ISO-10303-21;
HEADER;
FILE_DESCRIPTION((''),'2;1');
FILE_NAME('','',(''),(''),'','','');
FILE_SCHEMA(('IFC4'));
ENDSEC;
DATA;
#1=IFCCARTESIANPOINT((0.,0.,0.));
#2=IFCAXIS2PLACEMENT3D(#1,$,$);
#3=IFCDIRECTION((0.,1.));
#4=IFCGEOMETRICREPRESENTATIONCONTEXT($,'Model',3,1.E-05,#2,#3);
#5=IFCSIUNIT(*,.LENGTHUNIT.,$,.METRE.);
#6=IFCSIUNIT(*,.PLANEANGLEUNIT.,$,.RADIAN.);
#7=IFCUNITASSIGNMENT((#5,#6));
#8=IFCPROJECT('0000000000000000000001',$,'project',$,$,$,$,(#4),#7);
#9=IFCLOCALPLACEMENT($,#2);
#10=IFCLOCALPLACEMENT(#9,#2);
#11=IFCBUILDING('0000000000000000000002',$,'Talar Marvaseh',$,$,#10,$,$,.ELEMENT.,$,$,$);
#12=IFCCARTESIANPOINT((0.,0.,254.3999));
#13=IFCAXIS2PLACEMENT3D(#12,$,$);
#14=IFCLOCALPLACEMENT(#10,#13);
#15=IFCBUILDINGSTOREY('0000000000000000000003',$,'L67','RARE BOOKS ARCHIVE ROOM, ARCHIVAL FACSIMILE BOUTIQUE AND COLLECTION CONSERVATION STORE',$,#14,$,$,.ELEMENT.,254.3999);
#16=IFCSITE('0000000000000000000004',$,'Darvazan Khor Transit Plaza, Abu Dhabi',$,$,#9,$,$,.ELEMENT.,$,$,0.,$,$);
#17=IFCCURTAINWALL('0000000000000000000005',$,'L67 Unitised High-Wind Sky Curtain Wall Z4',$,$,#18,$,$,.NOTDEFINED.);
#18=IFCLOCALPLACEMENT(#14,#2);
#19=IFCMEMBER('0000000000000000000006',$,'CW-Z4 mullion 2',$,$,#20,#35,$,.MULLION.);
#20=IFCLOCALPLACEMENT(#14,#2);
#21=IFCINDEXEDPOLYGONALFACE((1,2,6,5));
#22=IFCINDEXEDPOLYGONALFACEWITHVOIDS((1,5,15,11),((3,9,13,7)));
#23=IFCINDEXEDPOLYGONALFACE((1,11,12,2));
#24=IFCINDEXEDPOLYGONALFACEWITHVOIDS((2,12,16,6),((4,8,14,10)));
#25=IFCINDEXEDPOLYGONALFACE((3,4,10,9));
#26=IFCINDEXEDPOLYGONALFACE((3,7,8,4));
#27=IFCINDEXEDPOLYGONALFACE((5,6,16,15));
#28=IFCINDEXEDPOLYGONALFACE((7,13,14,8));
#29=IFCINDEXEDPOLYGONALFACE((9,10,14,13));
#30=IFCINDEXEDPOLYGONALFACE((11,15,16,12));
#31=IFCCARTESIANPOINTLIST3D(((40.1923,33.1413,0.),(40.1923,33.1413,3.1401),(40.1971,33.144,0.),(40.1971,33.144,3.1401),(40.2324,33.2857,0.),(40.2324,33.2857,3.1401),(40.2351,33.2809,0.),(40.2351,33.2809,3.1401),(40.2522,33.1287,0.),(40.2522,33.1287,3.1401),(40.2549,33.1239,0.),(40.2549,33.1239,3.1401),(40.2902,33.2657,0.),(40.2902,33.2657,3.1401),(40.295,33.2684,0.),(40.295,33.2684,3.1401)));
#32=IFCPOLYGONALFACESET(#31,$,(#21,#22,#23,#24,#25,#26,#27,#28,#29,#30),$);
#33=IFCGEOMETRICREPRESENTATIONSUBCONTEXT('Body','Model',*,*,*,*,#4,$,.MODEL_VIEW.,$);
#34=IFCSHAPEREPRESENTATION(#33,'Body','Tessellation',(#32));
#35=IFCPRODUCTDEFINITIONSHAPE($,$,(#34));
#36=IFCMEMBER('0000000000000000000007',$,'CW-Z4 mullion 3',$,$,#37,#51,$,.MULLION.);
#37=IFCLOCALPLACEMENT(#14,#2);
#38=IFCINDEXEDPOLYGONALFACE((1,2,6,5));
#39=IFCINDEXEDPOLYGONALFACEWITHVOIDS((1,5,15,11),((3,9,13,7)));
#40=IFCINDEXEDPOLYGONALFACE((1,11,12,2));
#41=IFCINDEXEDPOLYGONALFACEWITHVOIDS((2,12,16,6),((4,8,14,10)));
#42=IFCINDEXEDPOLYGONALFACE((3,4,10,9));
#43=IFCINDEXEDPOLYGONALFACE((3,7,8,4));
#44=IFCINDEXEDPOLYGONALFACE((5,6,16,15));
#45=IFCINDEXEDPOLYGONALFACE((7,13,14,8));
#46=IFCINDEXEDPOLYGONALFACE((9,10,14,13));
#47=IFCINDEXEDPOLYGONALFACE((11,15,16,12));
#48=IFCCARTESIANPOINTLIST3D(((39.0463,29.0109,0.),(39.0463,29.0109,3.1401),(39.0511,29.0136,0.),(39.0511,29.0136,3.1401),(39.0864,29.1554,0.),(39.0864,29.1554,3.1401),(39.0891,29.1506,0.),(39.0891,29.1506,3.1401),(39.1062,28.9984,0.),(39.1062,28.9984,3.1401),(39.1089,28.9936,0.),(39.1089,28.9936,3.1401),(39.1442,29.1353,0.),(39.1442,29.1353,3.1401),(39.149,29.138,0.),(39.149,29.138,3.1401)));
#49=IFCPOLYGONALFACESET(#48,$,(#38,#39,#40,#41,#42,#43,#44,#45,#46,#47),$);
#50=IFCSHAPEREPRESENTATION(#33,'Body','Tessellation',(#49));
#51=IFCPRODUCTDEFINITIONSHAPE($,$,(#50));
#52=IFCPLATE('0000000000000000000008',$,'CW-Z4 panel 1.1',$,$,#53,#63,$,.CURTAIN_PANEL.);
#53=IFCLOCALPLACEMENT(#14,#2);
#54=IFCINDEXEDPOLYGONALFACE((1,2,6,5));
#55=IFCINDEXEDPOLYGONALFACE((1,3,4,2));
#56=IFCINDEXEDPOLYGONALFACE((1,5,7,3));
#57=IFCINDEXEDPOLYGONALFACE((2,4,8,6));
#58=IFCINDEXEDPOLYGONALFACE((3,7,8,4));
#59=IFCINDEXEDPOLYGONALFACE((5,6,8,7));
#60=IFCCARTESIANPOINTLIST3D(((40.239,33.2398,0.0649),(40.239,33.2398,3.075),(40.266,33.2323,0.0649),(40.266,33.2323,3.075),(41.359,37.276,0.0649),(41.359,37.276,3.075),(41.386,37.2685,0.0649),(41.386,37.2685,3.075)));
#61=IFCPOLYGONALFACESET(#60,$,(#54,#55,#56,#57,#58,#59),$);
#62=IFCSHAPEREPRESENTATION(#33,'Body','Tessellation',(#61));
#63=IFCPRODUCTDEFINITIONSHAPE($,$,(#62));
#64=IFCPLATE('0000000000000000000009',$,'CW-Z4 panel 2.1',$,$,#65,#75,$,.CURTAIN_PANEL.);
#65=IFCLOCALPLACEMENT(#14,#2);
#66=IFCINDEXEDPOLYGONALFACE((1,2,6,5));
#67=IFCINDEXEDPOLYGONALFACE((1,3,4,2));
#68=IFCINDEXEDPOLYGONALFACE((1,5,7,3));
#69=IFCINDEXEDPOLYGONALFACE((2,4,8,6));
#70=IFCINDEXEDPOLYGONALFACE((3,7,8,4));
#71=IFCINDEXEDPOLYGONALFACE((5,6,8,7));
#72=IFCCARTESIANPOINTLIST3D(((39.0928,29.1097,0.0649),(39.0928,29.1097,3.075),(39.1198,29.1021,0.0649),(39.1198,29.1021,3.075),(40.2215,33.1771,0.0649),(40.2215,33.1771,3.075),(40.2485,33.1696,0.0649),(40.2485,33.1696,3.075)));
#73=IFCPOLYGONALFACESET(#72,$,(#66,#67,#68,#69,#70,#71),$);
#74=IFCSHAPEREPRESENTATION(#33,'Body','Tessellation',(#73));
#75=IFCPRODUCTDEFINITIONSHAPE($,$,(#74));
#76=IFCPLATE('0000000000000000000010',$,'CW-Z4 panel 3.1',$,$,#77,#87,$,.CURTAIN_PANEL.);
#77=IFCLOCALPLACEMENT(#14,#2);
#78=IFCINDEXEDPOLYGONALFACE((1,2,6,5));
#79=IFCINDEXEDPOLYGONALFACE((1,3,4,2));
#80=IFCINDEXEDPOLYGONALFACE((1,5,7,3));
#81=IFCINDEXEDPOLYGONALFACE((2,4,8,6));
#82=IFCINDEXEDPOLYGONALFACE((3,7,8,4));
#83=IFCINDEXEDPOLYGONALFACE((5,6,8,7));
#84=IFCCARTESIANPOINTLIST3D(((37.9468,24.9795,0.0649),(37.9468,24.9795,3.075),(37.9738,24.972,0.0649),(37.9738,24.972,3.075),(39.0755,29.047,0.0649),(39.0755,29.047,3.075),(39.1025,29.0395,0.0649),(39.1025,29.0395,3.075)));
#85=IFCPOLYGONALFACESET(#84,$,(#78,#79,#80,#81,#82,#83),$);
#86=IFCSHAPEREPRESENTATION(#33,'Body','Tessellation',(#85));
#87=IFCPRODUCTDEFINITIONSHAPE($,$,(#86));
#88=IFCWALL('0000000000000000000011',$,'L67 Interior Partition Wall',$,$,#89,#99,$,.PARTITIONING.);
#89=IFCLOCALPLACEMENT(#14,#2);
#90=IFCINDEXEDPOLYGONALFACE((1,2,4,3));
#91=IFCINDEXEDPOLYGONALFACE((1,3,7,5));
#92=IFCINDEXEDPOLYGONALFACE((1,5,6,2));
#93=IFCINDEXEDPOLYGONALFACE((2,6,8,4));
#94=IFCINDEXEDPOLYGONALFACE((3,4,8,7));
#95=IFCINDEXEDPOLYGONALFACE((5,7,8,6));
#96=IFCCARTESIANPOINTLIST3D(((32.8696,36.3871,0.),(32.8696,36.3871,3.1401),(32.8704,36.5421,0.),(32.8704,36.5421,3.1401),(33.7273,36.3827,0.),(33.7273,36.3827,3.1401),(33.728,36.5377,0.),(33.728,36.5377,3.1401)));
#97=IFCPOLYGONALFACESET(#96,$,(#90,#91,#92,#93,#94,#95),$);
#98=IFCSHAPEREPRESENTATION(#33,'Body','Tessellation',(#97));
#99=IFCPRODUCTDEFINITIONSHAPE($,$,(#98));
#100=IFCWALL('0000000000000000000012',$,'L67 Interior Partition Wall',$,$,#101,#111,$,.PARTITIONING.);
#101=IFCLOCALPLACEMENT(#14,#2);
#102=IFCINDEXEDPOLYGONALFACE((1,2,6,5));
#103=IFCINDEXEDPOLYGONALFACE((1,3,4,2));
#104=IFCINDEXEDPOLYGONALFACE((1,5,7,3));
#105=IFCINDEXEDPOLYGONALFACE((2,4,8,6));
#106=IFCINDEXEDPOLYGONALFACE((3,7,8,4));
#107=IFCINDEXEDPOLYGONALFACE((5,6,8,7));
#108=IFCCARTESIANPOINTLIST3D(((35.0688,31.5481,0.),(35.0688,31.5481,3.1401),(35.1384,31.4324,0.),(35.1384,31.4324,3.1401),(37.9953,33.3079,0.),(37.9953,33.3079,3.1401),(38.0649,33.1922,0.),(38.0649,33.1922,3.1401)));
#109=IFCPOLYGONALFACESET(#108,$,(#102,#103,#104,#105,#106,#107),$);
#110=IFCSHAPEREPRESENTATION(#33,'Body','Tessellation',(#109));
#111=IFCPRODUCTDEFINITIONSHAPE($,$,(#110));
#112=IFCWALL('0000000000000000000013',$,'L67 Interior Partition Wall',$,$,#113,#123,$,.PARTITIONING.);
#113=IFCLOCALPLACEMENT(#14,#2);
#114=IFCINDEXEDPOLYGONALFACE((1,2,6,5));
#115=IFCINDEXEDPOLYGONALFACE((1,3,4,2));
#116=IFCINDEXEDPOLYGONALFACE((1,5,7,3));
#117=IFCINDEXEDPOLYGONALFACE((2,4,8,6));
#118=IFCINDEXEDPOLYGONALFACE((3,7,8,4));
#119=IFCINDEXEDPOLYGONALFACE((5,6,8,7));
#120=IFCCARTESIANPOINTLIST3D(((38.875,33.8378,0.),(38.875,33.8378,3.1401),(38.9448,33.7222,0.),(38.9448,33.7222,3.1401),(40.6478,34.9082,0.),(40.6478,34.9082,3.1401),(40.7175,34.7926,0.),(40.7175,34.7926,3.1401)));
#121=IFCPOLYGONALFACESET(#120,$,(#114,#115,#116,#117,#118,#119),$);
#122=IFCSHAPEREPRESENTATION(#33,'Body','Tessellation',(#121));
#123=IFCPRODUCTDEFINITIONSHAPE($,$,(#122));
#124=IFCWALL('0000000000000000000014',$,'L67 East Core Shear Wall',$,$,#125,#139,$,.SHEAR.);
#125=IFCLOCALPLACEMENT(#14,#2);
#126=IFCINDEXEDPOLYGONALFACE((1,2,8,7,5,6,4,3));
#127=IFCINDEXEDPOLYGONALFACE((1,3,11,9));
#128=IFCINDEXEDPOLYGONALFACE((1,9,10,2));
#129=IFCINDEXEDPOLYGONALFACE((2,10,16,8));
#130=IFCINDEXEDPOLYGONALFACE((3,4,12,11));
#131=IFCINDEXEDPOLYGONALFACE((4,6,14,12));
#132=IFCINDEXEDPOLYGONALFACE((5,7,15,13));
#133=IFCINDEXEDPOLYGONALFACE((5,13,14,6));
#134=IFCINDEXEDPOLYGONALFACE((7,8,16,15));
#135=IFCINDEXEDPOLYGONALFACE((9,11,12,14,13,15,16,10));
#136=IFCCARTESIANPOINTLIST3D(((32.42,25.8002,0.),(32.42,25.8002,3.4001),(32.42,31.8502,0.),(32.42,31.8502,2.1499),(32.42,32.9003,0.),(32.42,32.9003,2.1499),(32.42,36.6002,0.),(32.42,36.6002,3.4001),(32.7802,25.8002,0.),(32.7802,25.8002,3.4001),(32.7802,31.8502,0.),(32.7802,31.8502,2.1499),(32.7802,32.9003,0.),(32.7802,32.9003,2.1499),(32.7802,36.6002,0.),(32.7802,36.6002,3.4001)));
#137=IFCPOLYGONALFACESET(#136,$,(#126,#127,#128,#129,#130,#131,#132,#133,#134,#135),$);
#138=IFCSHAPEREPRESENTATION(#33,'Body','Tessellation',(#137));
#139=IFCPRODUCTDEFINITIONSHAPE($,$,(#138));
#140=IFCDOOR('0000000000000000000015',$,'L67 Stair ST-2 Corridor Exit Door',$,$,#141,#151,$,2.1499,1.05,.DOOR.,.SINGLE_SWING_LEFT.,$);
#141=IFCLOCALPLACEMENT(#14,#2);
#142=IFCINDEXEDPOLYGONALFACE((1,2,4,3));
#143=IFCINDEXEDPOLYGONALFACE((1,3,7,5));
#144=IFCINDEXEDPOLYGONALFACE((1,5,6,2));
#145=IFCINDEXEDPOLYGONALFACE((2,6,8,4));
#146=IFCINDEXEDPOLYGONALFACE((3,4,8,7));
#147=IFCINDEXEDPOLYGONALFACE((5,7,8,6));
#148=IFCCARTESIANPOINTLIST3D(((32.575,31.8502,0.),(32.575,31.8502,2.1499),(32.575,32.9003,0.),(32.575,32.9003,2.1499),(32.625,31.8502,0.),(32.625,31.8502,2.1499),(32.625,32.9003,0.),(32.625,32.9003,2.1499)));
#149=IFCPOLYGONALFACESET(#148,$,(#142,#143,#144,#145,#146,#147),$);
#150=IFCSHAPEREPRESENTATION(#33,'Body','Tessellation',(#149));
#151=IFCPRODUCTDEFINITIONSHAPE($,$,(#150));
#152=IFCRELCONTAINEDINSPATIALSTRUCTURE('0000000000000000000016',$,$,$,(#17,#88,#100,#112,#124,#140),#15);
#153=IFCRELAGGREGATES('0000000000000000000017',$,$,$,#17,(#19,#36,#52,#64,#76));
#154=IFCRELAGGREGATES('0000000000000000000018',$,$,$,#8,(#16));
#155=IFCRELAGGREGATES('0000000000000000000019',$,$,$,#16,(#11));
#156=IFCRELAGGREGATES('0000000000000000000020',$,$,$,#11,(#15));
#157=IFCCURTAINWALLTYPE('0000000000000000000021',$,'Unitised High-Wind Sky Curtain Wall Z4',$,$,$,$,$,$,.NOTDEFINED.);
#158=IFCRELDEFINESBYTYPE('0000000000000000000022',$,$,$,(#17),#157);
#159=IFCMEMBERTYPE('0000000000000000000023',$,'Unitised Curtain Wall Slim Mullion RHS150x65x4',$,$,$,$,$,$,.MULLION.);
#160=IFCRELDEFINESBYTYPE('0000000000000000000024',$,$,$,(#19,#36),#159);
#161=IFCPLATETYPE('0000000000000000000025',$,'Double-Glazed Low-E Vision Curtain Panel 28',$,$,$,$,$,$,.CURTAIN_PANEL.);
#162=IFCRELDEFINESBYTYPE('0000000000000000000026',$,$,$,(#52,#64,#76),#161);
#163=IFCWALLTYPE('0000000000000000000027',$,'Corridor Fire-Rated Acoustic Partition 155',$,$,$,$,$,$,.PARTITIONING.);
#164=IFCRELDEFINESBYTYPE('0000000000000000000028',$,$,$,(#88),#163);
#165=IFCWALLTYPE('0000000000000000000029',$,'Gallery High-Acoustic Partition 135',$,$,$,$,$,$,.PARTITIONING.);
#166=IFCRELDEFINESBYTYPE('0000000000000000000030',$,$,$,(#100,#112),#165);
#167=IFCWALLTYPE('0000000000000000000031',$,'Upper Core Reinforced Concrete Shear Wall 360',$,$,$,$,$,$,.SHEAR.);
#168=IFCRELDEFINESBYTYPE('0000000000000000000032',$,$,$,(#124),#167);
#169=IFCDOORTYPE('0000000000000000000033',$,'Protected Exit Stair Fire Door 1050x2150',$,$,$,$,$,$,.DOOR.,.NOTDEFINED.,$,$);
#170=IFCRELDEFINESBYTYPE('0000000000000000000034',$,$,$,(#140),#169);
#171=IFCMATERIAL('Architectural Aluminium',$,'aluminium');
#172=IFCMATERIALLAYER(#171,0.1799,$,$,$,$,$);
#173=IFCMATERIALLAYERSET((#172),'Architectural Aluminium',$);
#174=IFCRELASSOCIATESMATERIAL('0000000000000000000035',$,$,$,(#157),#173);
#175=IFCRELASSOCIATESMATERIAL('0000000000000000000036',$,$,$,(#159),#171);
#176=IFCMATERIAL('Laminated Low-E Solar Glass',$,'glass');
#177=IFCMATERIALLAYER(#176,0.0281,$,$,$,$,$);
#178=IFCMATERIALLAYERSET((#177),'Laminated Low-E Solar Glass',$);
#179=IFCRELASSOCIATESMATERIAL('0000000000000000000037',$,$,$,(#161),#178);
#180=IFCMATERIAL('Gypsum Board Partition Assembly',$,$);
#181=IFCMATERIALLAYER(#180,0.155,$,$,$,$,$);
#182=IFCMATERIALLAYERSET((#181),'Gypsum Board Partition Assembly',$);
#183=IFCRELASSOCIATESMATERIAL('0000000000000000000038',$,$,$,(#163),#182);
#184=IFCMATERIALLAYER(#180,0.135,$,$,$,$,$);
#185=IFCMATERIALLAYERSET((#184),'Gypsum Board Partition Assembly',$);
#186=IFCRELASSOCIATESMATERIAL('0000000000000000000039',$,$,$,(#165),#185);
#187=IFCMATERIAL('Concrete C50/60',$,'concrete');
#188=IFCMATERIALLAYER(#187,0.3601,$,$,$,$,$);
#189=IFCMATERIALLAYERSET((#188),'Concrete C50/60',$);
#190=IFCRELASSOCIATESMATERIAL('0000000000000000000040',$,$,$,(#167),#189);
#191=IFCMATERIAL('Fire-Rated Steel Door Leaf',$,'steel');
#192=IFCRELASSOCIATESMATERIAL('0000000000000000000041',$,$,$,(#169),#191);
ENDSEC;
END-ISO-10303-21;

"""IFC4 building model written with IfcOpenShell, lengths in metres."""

from ifc_helpers import new_model, si_unit, direction, frame, frame_2d, origin, origin_2d, place, context, subcontext, project, spatial, rectangle, hollow_rectangle, extrude, source, transform, mapped, material, layer, layer_set, material_profile, profile_set, type_object, type_shapes, element, fill, aggregate, save


model = new_model("IFC4")

# Units and contexts
model_context = context("Model", 3, precision=1e-05, world=origin(), true_north=direction((0.0, 1.0)))
body_context = subcontext(model_context, "Body", "Model", "MODEL_VIEW")
ifc_project = project(units=[si_unit("LENGTHUNIT", "METRE"), si_unit("PLANEANGLEUNIT", "RADIAN")], contexts=[model_context])

# Site, building, storey
site_placement = place(None, origin())
site = spatial("IfcSite", under=ifc_project, at=site_placement, Name="Darvazan Khor Transit Plaza, Abu Dhabi", CompositionType="ELEMENT", RefElevation=0.0)
building_placement = place(site_placement, origin())
building = spatial("IfcBuilding", under=site, at=building_placement, Name="Talar Marvaseh", CompositionType="ELEMENT")
storey_placement = place(building_placement, frame((0.0, 0.0, 254.3999)))
storey = spatial("IfcBuildingStorey", under=building, at=storey_placement, Name="L67", Description="RARE BOOKS ARCHIVE ROOM, ARCHIVAL FACSIMILE BOUTIQUE AND COLLECTION CONSERVATION STORE", CompositionType="ELEMENT", Elevation=254.3999)

# Shared definitions
ifc_material_1 = material(Name="Concrete C50/60", Category="concrete")

# Curtain wall, members, plates
ifc_material_2 = material(Name="Architectural Aluminium", Category="aluminium")
ifc_layer_1 = layer(ifc_material_2, 0.1799)
ifc_layer_set_1 = layer_set([ifc_layer_1], Name="Architectural Aluminium")
curtain_wall_type = type_object("IfcCurtainWallType", Name="Unitised High-Wind Sky Curtain Wall Z4", PredefinedType="NOTDEFINED", material=ifc_layer_set_1)
curtain_wall_placement = place(storey_placement, origin())
curtain_wall = element("IfcCurtainWall", 1, at=curtain_wall_placement, inside=storey, type_object=curtain_wall_type, Name="L67 Unitised High-Wind Sky Curtain Wall Z4", PredefinedType="NOTDEFINED")
ifc_material_profile_1 = material_profile(ifc_material_2, hollow_rectangle(XDim=0.0649, YDim=0.1499, WallThickness=0.0039, at=origin_2d()), Name="RHS150x65x4")
ifc_profile_set_1 = profile_set([ifc_material_profile_1], Name="Architectural Aluminium")
member_type_1 = type_object("IfcMemberType", Name="Unitised Curtain Wall Slim Mullion RHS150x65x4", PredefinedType="MULLION", material=ifc_profile_set_1)
shared_shape_1 = source(origin(), body_context, "Body", "SweptSolid", [
    extrude(hollow_rectangle(XDim=0.0649, YDim=0.1499, WallThickness=0.0039, at=origin_2d()), origin(), (0.0, 0.0, 1.0), 3.1401),
])
type_shapes(member_type_1, [shared_shape_1])
member_1_placement = place(storey_placement, frame((40.2437, 33.2048, 0.0), z_axis=(0.0, 0.0, 1.0), x_axis=(0.963588, -0.26739, 0.0)))
member_1 = element("IfcMember", 2, at=member_1_placement, type_object=member_type_1, Name="CW-Z4 mullion 2", PredefinedType="MULLION", context=body_context, shape_type="MappedRepresentation", body=[
    mapped(shared_shape_1, transform((0.0, 0.0, 0.0), x_axis=(1.0, 0.0, 0.0), y_axis=(0.0, 1.0, 0.0), z_axis=(0.0, 0.0, 1.0), scale=1.0)),
])
member_2_placement = place(storey_placement, frame((39.0977, 29.0745, 0.0), z_axis=(0.0, 0.0, 1.0), x_axis=(0.963588, -0.26739, 0.0)))
member_2 = element("IfcMember", 3, at=member_2_placement, type_object=member_type_1, Name="CW-Z4 mullion 3", PredefinedType="MULLION", context=body_context, shape_type="MappedRepresentation", body=[
    mapped(shared_shape_1, transform((0.0, 0.0, 0.0), x_axis=(1.0, 0.0, 0.0), y_axis=(0.0, 1.0, 0.0), z_axis=(0.0, 0.0, 1.0), scale=1.0)),
])
ifc_material_3 = material(Name="Laminated Low-E Solar Glass", Category="glass")
ifc_layer_2 = layer(ifc_material_3, 0.0281)
ifc_layer_set_2 = layer_set([ifc_layer_2], Name="Laminated Low-E Solar Glass")
plate_type = type_object("IfcPlateType", Name="Double-Glazed Low-E Vision Curtain Panel 28", PredefinedType="CURTAIN_PANEL", material=ifc_layer_set_2)
shared_shape_2 = source(origin(), body_context, "Body", "SweptSolid", [
    extrude(rectangle(XDim=4.1887, YDim=0.0281, at=origin_2d()), origin(), (0.0, 0.0, 1.0), 3.01),
])
plate_1_placement = place(storey_placement, frame((40.8125, 35.2542, 0.0649), z_axis=(0.0, 0.0, 1.0), x_axis=(-0.26739, -0.963588, 0.0)))
plate_1 = element("IfcPlate", 4, at=plate_1_placement, type_object=plate_type, Name="CW-Z4 panel 1.1", PredefinedType="CURTAIN_PANEL", context=body_context, shape_type="MappedRepresentation", body=[
    mapped(shared_shape_2, transform((0.0, 0.0, 0.0), x_axis=(1.0, 0.0, 0.0), y_axis=(0.0, 1.0, 0.0), z_axis=(0.0, 0.0, 1.0), scale=1.0)),
])
shared_shape_3 = source(origin(), body_context, "Body", "SweptSolid", [
    extrude(rectangle(XDim=4.2212, YDim=0.0281, at=origin_2d()), origin(), (0.0, 0.0, 1.0), 3.01),
])
type_shapes(plate_type, [shared_shape_2, shared_shape_3])
plate_2_placement = place(storey_placement, frame((39.6707, 31.1396, 0.0649), z_axis=(0.0, 0.0, 1.0), x_axis=(-0.26739, -0.963588, 0.0)))
plate_2 = element("IfcPlate", 5, at=plate_2_placement, type_object=plate_type, Name="CW-Z4 panel 2.1", PredefinedType="CURTAIN_PANEL", context=body_context, shape_type="MappedRepresentation", body=[
    mapped(shared_shape_3, transform((0.0, 0.0, 0.0), x_axis=(1.0, 0.0, 0.0), y_axis=(0.0, 1.0, 0.0), z_axis=(0.0, 0.0, 1.0), scale=1.0)),
])
plate_3_placement = place(storey_placement, frame((38.5247, 27.0095, 0.0649), z_axis=(0.0, 0.0, 1.0), x_axis=(-0.26739, -0.963588, 0.0)))
plate_3 = element("IfcPlate", 6, at=plate_3_placement, type_object=plate_type, Name="CW-Z4 panel 3.1", PredefinedType="CURTAIN_PANEL", context=body_context, shape_type="MappedRepresentation", body=[
    mapped(shared_shape_3, transform((0.0, 0.0, 0.0), x_axis=(1.0, 0.0, 0.0), y_axis=(0.0, 1.0, 0.0), z_axis=(0.0, 0.0, 1.0), scale=1.0)),
])
aggregate(curtain_wall, [member_1, member_2, plate_1, plate_2, plate_3])

# Walls
ifc_material_4 = material(Name="Gypsum Board Partition Assembly")
ifc_layer_3 = layer(ifc_material_4, 0.155)
ifc_layer_set_3 = layer_set([ifc_layer_3], Name="Gypsum Board Partition Assembly")
wall_type_1 = type_object("IfcWallType", Name="Corridor Fire-Rated Acoustic Partition 155", PredefinedType="PARTITIONING", material=ifc_layer_set_3)
wall_1_placement = place(storey_placement, frame((32.8701, 36.4646, 0.0), z_axis=(0.0, 0.0, 1.0), x_axis=(0.999987, -0.005124, 0.0)))
element("IfcWall", 7, at=wall_1_placement, inside=storey, type_object=wall_type_1, Name="L67 Interior Partition Wall", PredefinedType="PARTITIONING", context=body_context, shape_type="SweptSolid", body=[
    extrude(rectangle(XDim=0.8577, YDim=0.155, at=frame_2d((0.4287, 0.0))), origin(), (0.0, 0.0, 1.0), 3.1401),
])
ifc_layer_4 = layer(ifc_material_4, 0.135)
ifc_layer_set_4 = layer_set([ifc_layer_4], Name="Gypsum Board Partition Assembly")
wall_type_2 = type_object("IfcWallType", Name="Gallery High-Acoustic Partition 135", PredefinedType="PARTITIONING", material=ifc_layer_set_4)
wall_2_placement = place(storey_placement, frame((35.1035, 31.4902, 0.0), z_axis=(0.0, 0.0, 1.0), x_axis=(0.856994, 0.515326, 0.0)))
element("IfcWall", 8, at=wall_2_placement, inside=storey, type_object=wall_type_2, Name="L67 Interior Partition Wall", PredefinedType="PARTITIONING", context=body_context, shape_type="SweptSolid", body=[
    extrude(rectangle(XDim=3.4148, YDim=0.135, at=frame_2d((1.7075, 0.0))), origin(), (0.0, 0.0, 1.0), 3.1401),
])
wall_3_placement = place(storey_placement, frame((38.9099, 33.78, 0.0), z_axis=(0.0, 0.0, 1.0), x_axis=(0.856064, 0.516869, 0.0)))
element("IfcWall", 9, at=wall_3_placement, inside=storey, type_object=wall_type_2, Name="L67 Interior Partition Wall", PredefinedType="PARTITIONING", context=body_context, shape_type="SweptSolid", body=[
    extrude(rectangle(XDim=2.0708, YDim=0.135, at=frame_2d((1.0354, 0.0))), origin(), (0.0, 0.0, 1.0), 3.1401),
])

# Wall, opening, door
ifc_layer_5 = layer(ifc_material_1, 0.3601)
ifc_layer_set_5 = layer_set([ifc_layer_5], Name="Concrete C50/60")
wall_type_3 = type_object("IfcWallType", Name="Upper Core Reinforced Concrete Shear Wall 360", PredefinedType="SHEAR", material=ifc_layer_set_5)
wall_4_placement = place(storey_placement, frame((32.6001, 36.6001, 0.0), z_axis=(0.0, 0.0, 1.0), x_axis=(0.0, -1.0, 0.0)))
wall_4 = element("IfcWall", 10, at=wall_4_placement, inside=storey, type_object=wall_type_3, Name="L67 East Core Shear Wall", PredefinedType="SHEAR", context=body_context, shape_type="SweptSolid", body=[
    extrude(rectangle(XDim=10.8, YDim=0.3601, at=frame_2d((5.3999, 0.0))), origin(), (0.0, 0.0, 1.0), 3.4001),
])
opening_placement = place(wall_4_placement, frame((3.7, 0.0, 0.0)))
opening = element("IfcOpeningElement", 11, at=opening_placement, cuts=wall_4, PredefinedType="OPENING", context=body_context, shape_type="SweptSolid", body=[
    extrude(rectangle(XDim=1.05, YDim=2.1499, at=frame_2d((0.5249, 1.075))), frame((0.0, 0.1899, 0.0), z_axis=(0.0, -1.0, 0.0), x_axis=(1.0, 0.0, 0.0)), (0.0, 0.0, 1.0), 0.3801),
])
ifc_material_5 = material(Name="Fire-Rated Steel Door Leaf", Category="steel")
door_type = type_object("IfcDoorType", Name="Protected Exit Stair Fire Door 1050x2150", OperationType="NOTDEFINED", PredefinedType="DOOR", material=ifc_material_5)
shared_shape_4 = source(origin(), body_context, "Body", "SweptSolid", [
    extrude(rectangle(XDim=1.05, YDim=2.1499, at=frame_2d((0.5249, 1.075))), frame((0.0, 0.0249, 0.0), z_axis=(0.0, -1.0, 0.0), x_axis=(1.0, 0.0, 0.0)), (0.0, 0.0, 1.0), 0.05),
])
type_shapes(door_type, [shared_shape_4])
door_placement = place(opening_placement, origin())
door = element("IfcDoor", 12, at=door_placement, inside=storey, type_object=door_type, Name="L67 Stair ST-2 Corridor Exit Door", OperationType="SINGLE_SWING_LEFT", OverallHeight=2.1499, OverallWidth=1.05, PredefinedType="DOOR", context=body_context, shape_type="MappedRepresentation", body=[
    mapped(shared_shape_4, transform((0.0, 0.0, 0.0), x_axis=(1.0, 0.0, 0.0), y_axis=(0.0, 1.0, 0.0), z_axis=(0.0, 0.0, 1.0), scale=1.0)),
])
fill(opening, door)

save(model, "model.ifc")
